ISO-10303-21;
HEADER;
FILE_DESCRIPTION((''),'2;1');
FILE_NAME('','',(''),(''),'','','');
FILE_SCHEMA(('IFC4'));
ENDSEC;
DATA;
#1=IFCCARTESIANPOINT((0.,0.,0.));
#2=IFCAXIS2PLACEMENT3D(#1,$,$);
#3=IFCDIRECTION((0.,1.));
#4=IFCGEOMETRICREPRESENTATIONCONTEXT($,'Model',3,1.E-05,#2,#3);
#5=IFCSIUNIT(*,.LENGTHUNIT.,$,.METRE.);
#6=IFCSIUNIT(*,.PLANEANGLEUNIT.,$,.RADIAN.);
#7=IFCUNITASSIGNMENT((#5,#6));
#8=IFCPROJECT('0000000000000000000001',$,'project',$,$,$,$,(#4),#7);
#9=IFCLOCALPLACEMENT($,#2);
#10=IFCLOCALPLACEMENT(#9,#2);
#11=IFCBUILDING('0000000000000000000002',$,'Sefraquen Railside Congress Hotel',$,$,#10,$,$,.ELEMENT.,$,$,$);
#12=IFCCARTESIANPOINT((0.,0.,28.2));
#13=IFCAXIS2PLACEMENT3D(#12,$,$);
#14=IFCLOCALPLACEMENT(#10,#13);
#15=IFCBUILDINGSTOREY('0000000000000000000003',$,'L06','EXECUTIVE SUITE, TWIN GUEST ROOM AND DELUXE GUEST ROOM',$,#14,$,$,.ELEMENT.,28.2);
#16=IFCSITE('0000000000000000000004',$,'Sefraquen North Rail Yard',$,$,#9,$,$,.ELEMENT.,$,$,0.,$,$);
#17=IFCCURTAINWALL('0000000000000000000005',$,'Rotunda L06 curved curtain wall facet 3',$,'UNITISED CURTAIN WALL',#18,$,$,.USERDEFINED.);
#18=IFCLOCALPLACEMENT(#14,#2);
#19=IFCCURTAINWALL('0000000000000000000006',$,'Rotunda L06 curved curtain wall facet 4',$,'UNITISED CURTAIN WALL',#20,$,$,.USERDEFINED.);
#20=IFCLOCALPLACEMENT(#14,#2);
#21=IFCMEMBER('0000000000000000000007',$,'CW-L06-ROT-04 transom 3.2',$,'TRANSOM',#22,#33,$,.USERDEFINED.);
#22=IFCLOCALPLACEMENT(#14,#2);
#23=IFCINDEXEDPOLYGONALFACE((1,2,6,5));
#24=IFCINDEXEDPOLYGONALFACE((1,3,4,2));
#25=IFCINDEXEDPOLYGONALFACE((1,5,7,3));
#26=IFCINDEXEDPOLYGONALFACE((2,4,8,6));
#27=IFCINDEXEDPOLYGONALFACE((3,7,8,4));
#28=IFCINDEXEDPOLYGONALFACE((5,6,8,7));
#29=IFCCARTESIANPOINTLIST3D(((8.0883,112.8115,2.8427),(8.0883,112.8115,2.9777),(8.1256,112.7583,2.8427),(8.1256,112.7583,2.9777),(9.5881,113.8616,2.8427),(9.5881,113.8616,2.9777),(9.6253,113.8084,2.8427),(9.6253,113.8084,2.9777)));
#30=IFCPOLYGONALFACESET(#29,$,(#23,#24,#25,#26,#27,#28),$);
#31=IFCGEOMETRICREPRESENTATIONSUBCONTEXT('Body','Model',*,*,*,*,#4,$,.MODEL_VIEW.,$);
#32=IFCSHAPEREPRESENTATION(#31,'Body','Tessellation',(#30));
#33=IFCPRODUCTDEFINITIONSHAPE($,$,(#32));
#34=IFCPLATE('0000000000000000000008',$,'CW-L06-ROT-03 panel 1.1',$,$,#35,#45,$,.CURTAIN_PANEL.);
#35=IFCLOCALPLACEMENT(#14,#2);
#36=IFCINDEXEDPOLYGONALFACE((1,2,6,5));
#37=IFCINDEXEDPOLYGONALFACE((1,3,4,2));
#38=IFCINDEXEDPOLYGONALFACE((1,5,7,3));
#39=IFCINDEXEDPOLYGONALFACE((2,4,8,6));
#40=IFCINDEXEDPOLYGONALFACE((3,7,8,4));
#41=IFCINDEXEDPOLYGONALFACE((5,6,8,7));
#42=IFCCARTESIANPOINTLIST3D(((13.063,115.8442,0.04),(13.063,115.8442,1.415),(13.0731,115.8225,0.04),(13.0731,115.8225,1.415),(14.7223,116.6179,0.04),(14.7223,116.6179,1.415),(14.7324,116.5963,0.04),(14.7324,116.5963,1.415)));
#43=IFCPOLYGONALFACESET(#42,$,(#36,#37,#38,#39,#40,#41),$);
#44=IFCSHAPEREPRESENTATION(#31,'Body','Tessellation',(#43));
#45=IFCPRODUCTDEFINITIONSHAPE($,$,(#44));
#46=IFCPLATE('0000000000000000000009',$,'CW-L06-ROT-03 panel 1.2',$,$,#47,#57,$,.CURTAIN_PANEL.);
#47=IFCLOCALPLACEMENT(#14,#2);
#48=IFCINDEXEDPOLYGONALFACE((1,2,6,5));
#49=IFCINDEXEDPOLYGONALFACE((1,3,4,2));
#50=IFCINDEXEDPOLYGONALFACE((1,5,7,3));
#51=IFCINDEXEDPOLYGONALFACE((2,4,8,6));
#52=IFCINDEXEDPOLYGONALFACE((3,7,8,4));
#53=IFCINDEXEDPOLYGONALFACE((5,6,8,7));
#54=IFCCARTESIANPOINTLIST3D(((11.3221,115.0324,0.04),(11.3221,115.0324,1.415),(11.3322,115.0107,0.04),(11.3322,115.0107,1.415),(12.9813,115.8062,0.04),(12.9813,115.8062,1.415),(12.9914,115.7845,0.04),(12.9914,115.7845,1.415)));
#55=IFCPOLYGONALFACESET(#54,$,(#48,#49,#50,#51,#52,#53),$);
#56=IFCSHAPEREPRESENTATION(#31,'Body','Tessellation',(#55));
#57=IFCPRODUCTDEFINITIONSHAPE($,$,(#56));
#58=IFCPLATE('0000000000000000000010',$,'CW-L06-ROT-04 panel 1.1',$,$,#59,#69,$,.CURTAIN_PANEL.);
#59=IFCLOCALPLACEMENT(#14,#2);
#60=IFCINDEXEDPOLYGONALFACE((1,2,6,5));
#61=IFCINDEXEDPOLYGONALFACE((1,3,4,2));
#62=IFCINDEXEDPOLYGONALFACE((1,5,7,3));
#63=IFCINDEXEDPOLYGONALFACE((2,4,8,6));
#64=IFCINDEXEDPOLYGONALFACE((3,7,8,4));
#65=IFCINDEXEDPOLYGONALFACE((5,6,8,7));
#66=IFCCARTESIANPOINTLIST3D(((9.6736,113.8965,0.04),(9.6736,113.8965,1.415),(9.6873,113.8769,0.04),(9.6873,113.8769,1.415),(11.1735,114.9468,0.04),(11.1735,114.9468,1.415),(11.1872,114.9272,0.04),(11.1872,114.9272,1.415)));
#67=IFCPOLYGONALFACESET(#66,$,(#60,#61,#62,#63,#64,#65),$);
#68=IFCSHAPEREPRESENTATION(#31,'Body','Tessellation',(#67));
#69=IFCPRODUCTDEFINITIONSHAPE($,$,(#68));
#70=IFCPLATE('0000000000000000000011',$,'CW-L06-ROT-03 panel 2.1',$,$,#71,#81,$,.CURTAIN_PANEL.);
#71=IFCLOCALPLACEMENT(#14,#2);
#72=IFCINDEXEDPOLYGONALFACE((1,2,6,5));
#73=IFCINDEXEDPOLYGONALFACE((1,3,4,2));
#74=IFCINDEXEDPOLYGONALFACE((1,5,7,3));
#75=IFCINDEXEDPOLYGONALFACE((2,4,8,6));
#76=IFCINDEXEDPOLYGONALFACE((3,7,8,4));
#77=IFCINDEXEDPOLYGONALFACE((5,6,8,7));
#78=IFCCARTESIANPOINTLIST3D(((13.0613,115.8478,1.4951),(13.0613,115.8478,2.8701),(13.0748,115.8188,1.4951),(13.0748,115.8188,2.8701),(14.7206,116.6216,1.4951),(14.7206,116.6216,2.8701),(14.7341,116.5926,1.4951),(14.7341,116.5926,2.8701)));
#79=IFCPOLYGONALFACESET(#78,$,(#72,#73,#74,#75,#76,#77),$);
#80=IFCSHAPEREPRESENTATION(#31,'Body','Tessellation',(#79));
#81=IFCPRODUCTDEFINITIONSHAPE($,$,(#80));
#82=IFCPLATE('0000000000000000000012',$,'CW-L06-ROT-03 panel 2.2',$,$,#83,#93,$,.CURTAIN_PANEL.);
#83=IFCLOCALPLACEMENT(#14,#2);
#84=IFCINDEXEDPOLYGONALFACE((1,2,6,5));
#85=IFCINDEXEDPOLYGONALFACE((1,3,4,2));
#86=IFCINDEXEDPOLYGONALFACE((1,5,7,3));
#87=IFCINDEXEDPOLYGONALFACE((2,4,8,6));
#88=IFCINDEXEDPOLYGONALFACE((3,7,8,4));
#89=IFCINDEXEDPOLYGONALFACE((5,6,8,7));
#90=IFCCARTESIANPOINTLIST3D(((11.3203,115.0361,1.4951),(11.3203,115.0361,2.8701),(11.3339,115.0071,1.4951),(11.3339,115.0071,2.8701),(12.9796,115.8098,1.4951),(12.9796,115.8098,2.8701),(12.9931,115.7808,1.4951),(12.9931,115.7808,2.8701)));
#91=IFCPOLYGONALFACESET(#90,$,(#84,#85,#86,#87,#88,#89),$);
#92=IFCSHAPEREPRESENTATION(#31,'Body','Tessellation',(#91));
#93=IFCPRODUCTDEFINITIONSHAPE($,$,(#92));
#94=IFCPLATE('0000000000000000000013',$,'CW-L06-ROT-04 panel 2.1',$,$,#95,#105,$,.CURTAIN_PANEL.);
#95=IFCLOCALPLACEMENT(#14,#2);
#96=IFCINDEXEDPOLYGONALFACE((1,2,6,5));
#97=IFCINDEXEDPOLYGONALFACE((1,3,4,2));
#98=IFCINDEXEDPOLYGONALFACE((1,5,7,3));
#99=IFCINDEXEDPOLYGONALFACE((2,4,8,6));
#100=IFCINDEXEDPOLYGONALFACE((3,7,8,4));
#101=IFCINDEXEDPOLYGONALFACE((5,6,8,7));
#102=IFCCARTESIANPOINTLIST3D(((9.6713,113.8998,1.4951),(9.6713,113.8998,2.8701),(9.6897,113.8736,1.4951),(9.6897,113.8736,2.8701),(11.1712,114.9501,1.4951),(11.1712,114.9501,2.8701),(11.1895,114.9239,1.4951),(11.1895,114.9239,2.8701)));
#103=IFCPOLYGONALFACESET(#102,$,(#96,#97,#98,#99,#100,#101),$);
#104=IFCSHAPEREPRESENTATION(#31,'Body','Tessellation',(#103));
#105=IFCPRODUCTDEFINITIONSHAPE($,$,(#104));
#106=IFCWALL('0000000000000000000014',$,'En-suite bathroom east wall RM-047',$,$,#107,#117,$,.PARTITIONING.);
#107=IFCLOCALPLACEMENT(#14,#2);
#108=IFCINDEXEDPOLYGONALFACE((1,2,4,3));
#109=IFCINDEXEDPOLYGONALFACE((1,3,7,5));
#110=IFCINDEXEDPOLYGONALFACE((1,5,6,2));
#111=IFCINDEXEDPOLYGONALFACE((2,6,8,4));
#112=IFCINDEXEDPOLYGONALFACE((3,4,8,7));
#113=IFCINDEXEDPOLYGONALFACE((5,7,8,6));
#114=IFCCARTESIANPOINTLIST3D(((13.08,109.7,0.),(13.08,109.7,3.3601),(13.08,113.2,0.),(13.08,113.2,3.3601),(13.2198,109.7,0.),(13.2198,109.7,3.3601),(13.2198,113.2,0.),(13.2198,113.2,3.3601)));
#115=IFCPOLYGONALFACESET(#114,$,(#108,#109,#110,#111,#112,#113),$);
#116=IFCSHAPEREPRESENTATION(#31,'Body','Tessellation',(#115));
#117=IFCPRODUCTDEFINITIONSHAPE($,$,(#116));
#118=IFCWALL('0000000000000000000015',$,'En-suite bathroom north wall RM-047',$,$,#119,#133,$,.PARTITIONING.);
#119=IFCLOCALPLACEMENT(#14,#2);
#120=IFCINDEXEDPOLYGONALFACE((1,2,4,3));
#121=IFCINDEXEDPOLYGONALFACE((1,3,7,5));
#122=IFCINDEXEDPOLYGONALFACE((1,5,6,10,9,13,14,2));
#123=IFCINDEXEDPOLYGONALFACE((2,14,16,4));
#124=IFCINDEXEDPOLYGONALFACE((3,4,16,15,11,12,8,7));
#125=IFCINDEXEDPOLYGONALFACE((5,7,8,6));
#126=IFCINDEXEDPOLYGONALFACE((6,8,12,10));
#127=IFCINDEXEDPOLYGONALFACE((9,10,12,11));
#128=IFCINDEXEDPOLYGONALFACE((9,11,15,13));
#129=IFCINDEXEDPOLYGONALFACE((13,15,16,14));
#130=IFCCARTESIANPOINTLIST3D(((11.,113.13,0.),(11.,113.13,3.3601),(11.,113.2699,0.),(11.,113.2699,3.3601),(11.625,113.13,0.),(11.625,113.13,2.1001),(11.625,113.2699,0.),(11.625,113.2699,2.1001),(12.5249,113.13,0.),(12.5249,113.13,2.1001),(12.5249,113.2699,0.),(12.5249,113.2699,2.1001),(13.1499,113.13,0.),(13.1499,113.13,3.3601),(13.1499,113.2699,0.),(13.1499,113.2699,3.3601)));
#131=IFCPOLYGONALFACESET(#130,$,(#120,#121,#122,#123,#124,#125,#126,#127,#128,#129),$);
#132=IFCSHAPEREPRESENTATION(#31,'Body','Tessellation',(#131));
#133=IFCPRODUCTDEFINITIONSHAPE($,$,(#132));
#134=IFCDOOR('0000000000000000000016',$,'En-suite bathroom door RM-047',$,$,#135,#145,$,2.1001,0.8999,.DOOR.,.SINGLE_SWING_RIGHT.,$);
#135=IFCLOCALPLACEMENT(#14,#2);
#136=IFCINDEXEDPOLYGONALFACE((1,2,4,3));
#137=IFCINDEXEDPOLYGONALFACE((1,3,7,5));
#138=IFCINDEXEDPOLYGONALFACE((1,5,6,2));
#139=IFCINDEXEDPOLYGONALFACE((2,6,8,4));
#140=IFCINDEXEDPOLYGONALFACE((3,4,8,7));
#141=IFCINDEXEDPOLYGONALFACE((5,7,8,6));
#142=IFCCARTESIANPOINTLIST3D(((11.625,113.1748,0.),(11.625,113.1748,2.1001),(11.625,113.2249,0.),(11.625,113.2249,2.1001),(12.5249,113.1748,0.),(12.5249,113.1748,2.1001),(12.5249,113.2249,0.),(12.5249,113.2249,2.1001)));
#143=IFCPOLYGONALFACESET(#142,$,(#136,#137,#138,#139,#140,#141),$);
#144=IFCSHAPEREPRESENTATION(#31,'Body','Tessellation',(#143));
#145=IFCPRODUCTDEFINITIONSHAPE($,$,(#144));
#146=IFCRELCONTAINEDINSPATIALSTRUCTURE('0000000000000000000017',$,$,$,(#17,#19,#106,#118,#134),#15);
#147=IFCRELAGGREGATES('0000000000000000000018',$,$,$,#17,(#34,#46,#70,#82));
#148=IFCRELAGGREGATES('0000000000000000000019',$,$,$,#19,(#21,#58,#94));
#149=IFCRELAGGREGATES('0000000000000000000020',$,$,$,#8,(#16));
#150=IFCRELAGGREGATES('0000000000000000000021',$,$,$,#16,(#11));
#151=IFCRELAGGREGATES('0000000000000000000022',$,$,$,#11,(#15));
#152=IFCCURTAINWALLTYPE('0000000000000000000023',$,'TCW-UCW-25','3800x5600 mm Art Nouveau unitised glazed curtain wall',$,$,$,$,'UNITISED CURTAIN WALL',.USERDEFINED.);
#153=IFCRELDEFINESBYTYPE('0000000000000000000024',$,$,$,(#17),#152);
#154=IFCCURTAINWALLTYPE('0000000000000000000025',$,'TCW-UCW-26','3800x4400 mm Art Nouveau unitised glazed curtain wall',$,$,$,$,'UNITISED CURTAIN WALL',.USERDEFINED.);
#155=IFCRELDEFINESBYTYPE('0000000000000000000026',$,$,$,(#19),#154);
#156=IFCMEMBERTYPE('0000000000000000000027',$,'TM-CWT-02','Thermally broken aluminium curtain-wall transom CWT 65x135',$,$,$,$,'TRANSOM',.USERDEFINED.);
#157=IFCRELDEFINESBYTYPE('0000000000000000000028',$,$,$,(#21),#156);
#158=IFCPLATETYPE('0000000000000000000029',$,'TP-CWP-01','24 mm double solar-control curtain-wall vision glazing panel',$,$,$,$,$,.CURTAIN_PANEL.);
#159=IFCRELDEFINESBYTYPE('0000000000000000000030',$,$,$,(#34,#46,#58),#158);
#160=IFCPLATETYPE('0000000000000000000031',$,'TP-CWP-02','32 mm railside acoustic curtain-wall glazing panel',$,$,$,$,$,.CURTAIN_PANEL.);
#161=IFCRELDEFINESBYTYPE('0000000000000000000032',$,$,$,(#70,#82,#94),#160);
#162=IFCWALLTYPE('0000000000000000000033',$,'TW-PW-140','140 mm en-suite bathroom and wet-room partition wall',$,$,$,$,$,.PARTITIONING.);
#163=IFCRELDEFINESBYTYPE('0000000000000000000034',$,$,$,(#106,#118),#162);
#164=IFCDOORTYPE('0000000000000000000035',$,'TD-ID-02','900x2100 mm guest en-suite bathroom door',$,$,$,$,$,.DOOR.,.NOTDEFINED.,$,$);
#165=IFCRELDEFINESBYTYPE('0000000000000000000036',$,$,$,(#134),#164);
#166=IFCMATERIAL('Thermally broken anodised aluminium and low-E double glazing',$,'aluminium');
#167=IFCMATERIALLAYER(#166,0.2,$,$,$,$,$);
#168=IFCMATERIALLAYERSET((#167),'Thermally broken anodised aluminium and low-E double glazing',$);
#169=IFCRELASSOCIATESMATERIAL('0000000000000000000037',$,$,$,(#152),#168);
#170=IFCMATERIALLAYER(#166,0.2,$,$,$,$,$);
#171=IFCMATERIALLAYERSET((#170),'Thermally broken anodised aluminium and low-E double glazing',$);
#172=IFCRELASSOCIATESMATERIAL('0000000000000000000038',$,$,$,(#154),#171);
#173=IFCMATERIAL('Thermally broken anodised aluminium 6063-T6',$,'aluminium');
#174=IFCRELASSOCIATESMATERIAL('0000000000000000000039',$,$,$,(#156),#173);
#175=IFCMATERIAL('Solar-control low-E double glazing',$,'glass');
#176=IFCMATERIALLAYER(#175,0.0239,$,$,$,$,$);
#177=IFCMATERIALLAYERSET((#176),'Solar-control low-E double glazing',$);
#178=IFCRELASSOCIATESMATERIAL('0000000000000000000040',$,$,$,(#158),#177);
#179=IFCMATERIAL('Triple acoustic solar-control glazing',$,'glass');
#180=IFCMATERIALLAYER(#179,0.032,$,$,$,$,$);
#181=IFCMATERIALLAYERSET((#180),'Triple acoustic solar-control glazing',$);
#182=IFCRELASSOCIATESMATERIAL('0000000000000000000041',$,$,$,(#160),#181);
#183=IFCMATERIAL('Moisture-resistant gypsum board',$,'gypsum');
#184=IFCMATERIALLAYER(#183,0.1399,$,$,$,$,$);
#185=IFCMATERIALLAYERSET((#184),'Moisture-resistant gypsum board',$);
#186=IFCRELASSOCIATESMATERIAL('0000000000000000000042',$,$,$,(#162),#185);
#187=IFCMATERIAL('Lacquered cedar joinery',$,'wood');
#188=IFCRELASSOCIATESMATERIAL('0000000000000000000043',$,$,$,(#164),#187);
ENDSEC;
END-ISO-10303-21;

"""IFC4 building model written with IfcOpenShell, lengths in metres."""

from ifc_helpers import new_model, si_unit, direction, frame, frame_2d, origin, origin_2d, place, context, subcontext, project, spatial, rectangle, extrude, material, layer, layer_set, material_profile, profile_set, type_object, element, fill, aggregate, save


model = new_model("IFC4")

# Units and contexts
model_context = context("Model", 3, precision=1e-05, world=origin(), true_north=direction((0.0, 1.0)))
body_context = subcontext(model_context, "Body", "Model", "MODEL_VIEW")
ifc_project = project(units=[si_unit("LENGTHUNIT", "METRE"), si_unit("PLANEANGLEUNIT", "RADIAN")], contexts=[model_context])

# Site, building, storey
site_placement = place(None, origin())
site = spatial("IfcSite", under=ifc_project, at=site_placement, Name="Sefraquen North Rail Yard", CompositionType="ELEMENT", RefElevation=0.0)
building_placement = place(site_placement, origin())
building = spatial("IfcBuilding", under=site, at=building_placement, Name="Sefraquen Railside Congress Hotel", CompositionType="ELEMENT")
storey_placement = place(building_placement, frame((0.0, 0.0, 28.2)))
storey = spatial("IfcBuildingStorey", under=building, at=storey_placement, Name="L06", Description="EXECUTIVE SUITE, TWIN GUEST ROOM AND DELUXE GUEST ROOM", CompositionType="ELEMENT", Elevation=28.2)

# Curtain walls
ifc_material_1 = material(Name="Thermally broken anodised aluminium and low-E double glazing", Category="aluminium")
ifc_layer_1 = layer(ifc_material_1, 0.2)
ifc_layer_set_1 = layer_set([ifc_layer_1], Name="Thermally broken anodised aluminium and low-E double glazing")
curtain_wall_type_1 = type_object("IfcCurtainWallType", Name="TCW-UCW-25", Description="3800x5600 mm Art Nouveau unitised glazed curtain wall", ElementType="UNITISED CURTAIN WALL", PredefinedType="USERDEFINED", material=ifc_layer_set_1)
curtain_wall_1_placement = place(storey_placement, origin())
curtain_wall_1 = element("IfcCurtainWall", 1, at=curtain_wall_1_placement, inside=storey, type_object=curtain_wall_type_1, Name="Rotunda L06 curved curtain wall facet 3", ObjectType="UNITISED CURTAIN WALL", PredefinedType="USERDEFINED")
ifc_material_2 = material(Name="Thermally broken anodised aluminium 6063-T6", Category="aluminium")
ifc_layer_2 = layer(ifc_material_1, 0.2)
ifc_layer_set_2 = layer_set([ifc_layer_2], Name="Thermally broken anodised aluminium and low-E double glazing")
curtain_wall_type_2 = type_object("IfcCurtainWallType", Name="TCW-UCW-26", Description="3800x4400 mm Art Nouveau unitised glazed curtain wall", ElementType="UNITISED CURTAIN WALL", PredefinedType="USERDEFINED", material=ifc_layer_set_2)
curtain_wall_2_placement = place(storey_placement, origin())
curtain_wall_2 = element("IfcCurtainWall", 2, at=curtain_wall_2_placement, inside=storey, type_object=curtain_wall_type_2, Name="Rotunda L06 curved curtain wall facet 4", ObjectType="UNITISED CURTAIN WALL", PredefinedType="USERDEFINED")

# Member
ifc_material_profile_1 = material_profile(ifc_material_2, rectangle(XDim=0.0649, YDim=0.135, at=origin_2d()), Name="CWT 65x135")
ifc_profile_set_1 = profile_set([ifc_material_profile_1], Name="Thermally broken anodised aluminium 6063-T6")
member_type_1 = type_object("IfcMemberType", Name="TM-CWT-02", Description="Thermally broken aluminium curtain-wall transom CWT 65x135", ElementType="TRANSOM", PredefinedType="USERDEFINED", material=ifc_profile_set_1)
member_1_placement = place(storey_placement, frame((9.6067, 113.835, 2.9102), z_axis=(-0.819176, -0.573543, 0.0), x_axis=(0.573543, -0.819176, 0.0)))
member_1 = element("IfcMember", 3, at=member_1_placement, type_object=member_type_1, Name="CW-L06-ROT-04 transom 3.2", ObjectType="TRANSOM", PredefinedType="USERDEFINED", context=body_context, shape_type="SweptSolid", body=[
    extrude(rectangle(XDim=0.0649, YDim=0.135, at=origin_2d()), origin(), (0.0, 0.0, 1.0), 1.8308),
])

# Plates
ifc_material_3 = material(Name="Solar-control low-E double glazing", Category="glass")
ifc_layer_3 = layer(ifc_material_3, 0.0239)
ifc_layer_set_3 = layer_set([ifc_layer_3], Name="Solar-control low-E double glazing")
plate_type_1 = type_object("IfcPlateType", Name="TP-CWP-01", Description="24 mm double solar-control curtain-wall vision glazing panel", PredefinedType="CURTAIN_PANEL", material=ifc_layer_set_3)
plate_1_placement = place(storey_placement, frame((13.8977, 116.2202, 0.04), z_axis=(0.0, 0.0, 1.0), x_axis=(-0.9063, -0.422634, 0.0)))
plate_1 = element("IfcPlate", 4, at=plate_1_placement, type_object=plate_type_1, Name="CW-L06-ROT-03 panel 1.1", PredefinedType="CURTAIN_PANEL", context=body_context, shape_type="SweptSolid", body=[
    extrude(rectangle(XDim=1.8308, YDim=0.0239, at=origin_2d()), origin(), (0.0, 0.0, 1.0), 1.375),
])
plate_2_placement = place(storey_placement, frame((12.1567, 115.4084, 0.04), z_axis=(0.0, 0.0, 1.0), x_axis=(-0.9063, -0.422634, 0.0)))
plate_2 = element("IfcPlate", 5, at=plate_2_placement, type_object=plate_type_1, Name="CW-L06-ROT-03 panel 1.2", PredefinedType="CURTAIN_PANEL", context=body_context, shape_type="SweptSolid", body=[
    extrude(rectangle(XDim=1.8308, YDim=0.0239, at=origin_2d()), origin(), (0.0, 0.0, 1.0), 1.375),
])
plate_3_placement = place(storey_placement, frame((10.4304, 114.4119, 0.04), z_axis=(0.0, 0.0, 1.0), x_axis=(-0.819132, -0.573605, 0.0)))
plate_3 = element("IfcPlate", 6, at=plate_3_placement, type_object=plate_type_1, Name="CW-L06-ROT-04 panel 1.1", PredefinedType="CURTAIN_PANEL", context=body_context, shape_type="SweptSolid", body=[
    extrude(rectangle(XDim=1.8311, YDim=0.0239, at=origin_2d()), origin(), (0.0, 0.0, 1.0), 1.375),
])
ifc_material_4 = material(Name="Triple acoustic solar-control glazing", Category="glass")
ifc_layer_4 = layer(ifc_material_4, 0.032)
ifc_layer_set_4 = layer_set([ifc_layer_4], Name="Triple acoustic solar-control glazing")
plate_type_2 = type_object("IfcPlateType", Name="TP-CWP-02", Description="32 mm railside acoustic curtain-wall glazing panel", PredefinedType="CURTAIN_PANEL", material=ifc_layer_set_4)
plate_4_placement = place(storey_placement, frame((13.8977, 116.2202, 1.4951), z_axis=(0.0, 0.0, 1.0), x_axis=(-0.9063, -0.422634, 0.0)))
plate_4 = element("IfcPlate", 7, at=plate_4_placement, type_object=plate_type_2, Name="CW-L06-ROT-03 panel 2.1", PredefinedType="CURTAIN_PANEL", context=body_context, shape_type="SweptSolid", body=[
    extrude(rectangle(XDim=1.8308, YDim=0.032, at=origin_2d()), origin(), (0.0, 0.0, 1.0), 1.375),
])
plate_5_placement = place(storey_placement, frame((12.1567, 115.4084, 1.4951), z_axis=(0.0, 0.0, 1.0), x_axis=(-0.9063, -0.422634, 0.0)))
plate_5 = element("IfcPlate", 8, at=plate_5_placement, type_object=plate_type_2, Name="CW-L06-ROT-03 panel 2.2", PredefinedType="CURTAIN_PANEL", context=body_context, shape_type="SweptSolid", body=[
    extrude(rectangle(XDim=1.8308, YDim=0.032, at=origin_2d()), origin(), (0.0, 0.0, 1.0), 1.375),
])
aggregate(curtain_wall_1, [plate_1, plate_2, plate_4, plate_5])
plate_6_placement = place(storey_placement, frame((10.4304, 114.4119, 1.4951), z_axis=(0.0, 0.0, 1.0), x_axis=(-0.819132, -0.573605, 0.0)))
plate_6 = element("IfcPlate", 9, at=plate_6_placement, type_object=plate_type_2, Name="CW-L06-ROT-04 panel 2.1", PredefinedType="CURTAIN_PANEL", context=body_context, shape_type="SweptSolid", body=[
    extrude(rectangle(XDim=1.8311, YDim=0.032, at=origin_2d()), origin(), (0.0, 0.0, 1.0), 1.375),
])
aggregate(curtain_wall_2, [member_1, plate_3, plate_6])

# Wall
ifc_material_5 = material(Name="Moisture-resistant gypsum board", Category="gypsum")
ifc_layer_5 = layer(ifc_material_5, 0.1399)
ifc_layer_set_5 = layer_set([ifc_layer_5], Name="Moisture-resistant gypsum board")
wall_type = type_object("IfcWallType", Name="TW-PW-140", Description="140 mm en-suite bathroom and wet-room partition wall", PredefinedType="PARTITIONING", material=ifc_layer_set_5)
wall_1_placement = place(storey_placement, frame((13.1499, 109.7, 0.0), z_axis=(0.0, 0.0, 1.0), x_axis=(0.0, 1.0, 0.0)))
element("IfcWall", 10, at=wall_1_placement, inside=storey, type_object=wall_type, Name="En-suite bathroom east wall RM-047", PredefinedType="PARTITIONING", context=body_context, shape_type="SweptSolid", body=[
    extrude(rectangle(XDim=3.5, YDim=0.1399, at=frame_2d((1.75, 0.0))), origin(), (0.0, 0.0, 1.0), 3.3601),
])

# Wall, opening, door
wall_2_placement = place(storey_placement, frame((11.0, 113.2, 0.0), z_axis=(0.0, 0.0, 1.0), x_axis=(1.0, 0.0, 0.0)))
wall_2 = element("IfcWall", 11, at=wall_2_placement, inside=storey, type_object=wall_type, Name="En-suite bathroom north wall RM-047", PredefinedType="PARTITIONING", context=body_context, shape_type="SweptSolid", body=[
    extrude(rectangle(XDim=2.1499, YDim=0.1399, at=frame_2d((1.075, 0.0))), origin(), (0.0, 0.0, 1.0), 3.3601),
])
opening_placement = place(wall_2_placement, frame((0.625, 0.0, 0.0)))
opening = element("IfcOpeningElement", 12, at=opening_placement, cuts=wall_2, PredefinedType="OPENING", context=body_context, shape_type="SweptSolid", body=[
    extrude(rectangle(XDim=0.8999, YDim=2.1001, at=frame_2d((0.45, 1.05))), frame((0.0, 0.0798, 0.0), z_axis=(0.0, -1.0, 0.0), x_axis=(1.0, 0.0, 0.0)), (0.0, 0.0, 1.0), 0.1599),
])
ifc_material_6 = material(Name="Lacquered cedar joinery", Category="wood")
door_type = type_object("IfcDoorType", Name="TD-ID-02", Description="900x2100 mm guest en-suite bathroom door", OperationType="NOTDEFINED", PredefinedType="DOOR", material=ifc_material_6)
door_placement = place(opening_placement, origin())
door = element("IfcDoor", 13, at=door_placement, inside=storey, type_object=door_type, Name="En-suite bathroom door RM-047", OperationType="SINGLE_SWING_RIGHT", OverallHeight=2.1001, OverallWidth=0.8999, PredefinedType="DOOR", context=body_context, shape_type="SweptSolid", body=[
    extrude(rectangle(XDim=0.8999, YDim=2.1001, at=frame_2d((0.45, 1.05))), frame((0.0, 0.0249, 0.0), z_axis=(0.0, -1.0, 0.0), x_axis=(1.0, 0.0, 0.0)), (0.0, 0.0, 1.0), 0.05),
])
fill(opening, door)

save(model, "model.ifc")
